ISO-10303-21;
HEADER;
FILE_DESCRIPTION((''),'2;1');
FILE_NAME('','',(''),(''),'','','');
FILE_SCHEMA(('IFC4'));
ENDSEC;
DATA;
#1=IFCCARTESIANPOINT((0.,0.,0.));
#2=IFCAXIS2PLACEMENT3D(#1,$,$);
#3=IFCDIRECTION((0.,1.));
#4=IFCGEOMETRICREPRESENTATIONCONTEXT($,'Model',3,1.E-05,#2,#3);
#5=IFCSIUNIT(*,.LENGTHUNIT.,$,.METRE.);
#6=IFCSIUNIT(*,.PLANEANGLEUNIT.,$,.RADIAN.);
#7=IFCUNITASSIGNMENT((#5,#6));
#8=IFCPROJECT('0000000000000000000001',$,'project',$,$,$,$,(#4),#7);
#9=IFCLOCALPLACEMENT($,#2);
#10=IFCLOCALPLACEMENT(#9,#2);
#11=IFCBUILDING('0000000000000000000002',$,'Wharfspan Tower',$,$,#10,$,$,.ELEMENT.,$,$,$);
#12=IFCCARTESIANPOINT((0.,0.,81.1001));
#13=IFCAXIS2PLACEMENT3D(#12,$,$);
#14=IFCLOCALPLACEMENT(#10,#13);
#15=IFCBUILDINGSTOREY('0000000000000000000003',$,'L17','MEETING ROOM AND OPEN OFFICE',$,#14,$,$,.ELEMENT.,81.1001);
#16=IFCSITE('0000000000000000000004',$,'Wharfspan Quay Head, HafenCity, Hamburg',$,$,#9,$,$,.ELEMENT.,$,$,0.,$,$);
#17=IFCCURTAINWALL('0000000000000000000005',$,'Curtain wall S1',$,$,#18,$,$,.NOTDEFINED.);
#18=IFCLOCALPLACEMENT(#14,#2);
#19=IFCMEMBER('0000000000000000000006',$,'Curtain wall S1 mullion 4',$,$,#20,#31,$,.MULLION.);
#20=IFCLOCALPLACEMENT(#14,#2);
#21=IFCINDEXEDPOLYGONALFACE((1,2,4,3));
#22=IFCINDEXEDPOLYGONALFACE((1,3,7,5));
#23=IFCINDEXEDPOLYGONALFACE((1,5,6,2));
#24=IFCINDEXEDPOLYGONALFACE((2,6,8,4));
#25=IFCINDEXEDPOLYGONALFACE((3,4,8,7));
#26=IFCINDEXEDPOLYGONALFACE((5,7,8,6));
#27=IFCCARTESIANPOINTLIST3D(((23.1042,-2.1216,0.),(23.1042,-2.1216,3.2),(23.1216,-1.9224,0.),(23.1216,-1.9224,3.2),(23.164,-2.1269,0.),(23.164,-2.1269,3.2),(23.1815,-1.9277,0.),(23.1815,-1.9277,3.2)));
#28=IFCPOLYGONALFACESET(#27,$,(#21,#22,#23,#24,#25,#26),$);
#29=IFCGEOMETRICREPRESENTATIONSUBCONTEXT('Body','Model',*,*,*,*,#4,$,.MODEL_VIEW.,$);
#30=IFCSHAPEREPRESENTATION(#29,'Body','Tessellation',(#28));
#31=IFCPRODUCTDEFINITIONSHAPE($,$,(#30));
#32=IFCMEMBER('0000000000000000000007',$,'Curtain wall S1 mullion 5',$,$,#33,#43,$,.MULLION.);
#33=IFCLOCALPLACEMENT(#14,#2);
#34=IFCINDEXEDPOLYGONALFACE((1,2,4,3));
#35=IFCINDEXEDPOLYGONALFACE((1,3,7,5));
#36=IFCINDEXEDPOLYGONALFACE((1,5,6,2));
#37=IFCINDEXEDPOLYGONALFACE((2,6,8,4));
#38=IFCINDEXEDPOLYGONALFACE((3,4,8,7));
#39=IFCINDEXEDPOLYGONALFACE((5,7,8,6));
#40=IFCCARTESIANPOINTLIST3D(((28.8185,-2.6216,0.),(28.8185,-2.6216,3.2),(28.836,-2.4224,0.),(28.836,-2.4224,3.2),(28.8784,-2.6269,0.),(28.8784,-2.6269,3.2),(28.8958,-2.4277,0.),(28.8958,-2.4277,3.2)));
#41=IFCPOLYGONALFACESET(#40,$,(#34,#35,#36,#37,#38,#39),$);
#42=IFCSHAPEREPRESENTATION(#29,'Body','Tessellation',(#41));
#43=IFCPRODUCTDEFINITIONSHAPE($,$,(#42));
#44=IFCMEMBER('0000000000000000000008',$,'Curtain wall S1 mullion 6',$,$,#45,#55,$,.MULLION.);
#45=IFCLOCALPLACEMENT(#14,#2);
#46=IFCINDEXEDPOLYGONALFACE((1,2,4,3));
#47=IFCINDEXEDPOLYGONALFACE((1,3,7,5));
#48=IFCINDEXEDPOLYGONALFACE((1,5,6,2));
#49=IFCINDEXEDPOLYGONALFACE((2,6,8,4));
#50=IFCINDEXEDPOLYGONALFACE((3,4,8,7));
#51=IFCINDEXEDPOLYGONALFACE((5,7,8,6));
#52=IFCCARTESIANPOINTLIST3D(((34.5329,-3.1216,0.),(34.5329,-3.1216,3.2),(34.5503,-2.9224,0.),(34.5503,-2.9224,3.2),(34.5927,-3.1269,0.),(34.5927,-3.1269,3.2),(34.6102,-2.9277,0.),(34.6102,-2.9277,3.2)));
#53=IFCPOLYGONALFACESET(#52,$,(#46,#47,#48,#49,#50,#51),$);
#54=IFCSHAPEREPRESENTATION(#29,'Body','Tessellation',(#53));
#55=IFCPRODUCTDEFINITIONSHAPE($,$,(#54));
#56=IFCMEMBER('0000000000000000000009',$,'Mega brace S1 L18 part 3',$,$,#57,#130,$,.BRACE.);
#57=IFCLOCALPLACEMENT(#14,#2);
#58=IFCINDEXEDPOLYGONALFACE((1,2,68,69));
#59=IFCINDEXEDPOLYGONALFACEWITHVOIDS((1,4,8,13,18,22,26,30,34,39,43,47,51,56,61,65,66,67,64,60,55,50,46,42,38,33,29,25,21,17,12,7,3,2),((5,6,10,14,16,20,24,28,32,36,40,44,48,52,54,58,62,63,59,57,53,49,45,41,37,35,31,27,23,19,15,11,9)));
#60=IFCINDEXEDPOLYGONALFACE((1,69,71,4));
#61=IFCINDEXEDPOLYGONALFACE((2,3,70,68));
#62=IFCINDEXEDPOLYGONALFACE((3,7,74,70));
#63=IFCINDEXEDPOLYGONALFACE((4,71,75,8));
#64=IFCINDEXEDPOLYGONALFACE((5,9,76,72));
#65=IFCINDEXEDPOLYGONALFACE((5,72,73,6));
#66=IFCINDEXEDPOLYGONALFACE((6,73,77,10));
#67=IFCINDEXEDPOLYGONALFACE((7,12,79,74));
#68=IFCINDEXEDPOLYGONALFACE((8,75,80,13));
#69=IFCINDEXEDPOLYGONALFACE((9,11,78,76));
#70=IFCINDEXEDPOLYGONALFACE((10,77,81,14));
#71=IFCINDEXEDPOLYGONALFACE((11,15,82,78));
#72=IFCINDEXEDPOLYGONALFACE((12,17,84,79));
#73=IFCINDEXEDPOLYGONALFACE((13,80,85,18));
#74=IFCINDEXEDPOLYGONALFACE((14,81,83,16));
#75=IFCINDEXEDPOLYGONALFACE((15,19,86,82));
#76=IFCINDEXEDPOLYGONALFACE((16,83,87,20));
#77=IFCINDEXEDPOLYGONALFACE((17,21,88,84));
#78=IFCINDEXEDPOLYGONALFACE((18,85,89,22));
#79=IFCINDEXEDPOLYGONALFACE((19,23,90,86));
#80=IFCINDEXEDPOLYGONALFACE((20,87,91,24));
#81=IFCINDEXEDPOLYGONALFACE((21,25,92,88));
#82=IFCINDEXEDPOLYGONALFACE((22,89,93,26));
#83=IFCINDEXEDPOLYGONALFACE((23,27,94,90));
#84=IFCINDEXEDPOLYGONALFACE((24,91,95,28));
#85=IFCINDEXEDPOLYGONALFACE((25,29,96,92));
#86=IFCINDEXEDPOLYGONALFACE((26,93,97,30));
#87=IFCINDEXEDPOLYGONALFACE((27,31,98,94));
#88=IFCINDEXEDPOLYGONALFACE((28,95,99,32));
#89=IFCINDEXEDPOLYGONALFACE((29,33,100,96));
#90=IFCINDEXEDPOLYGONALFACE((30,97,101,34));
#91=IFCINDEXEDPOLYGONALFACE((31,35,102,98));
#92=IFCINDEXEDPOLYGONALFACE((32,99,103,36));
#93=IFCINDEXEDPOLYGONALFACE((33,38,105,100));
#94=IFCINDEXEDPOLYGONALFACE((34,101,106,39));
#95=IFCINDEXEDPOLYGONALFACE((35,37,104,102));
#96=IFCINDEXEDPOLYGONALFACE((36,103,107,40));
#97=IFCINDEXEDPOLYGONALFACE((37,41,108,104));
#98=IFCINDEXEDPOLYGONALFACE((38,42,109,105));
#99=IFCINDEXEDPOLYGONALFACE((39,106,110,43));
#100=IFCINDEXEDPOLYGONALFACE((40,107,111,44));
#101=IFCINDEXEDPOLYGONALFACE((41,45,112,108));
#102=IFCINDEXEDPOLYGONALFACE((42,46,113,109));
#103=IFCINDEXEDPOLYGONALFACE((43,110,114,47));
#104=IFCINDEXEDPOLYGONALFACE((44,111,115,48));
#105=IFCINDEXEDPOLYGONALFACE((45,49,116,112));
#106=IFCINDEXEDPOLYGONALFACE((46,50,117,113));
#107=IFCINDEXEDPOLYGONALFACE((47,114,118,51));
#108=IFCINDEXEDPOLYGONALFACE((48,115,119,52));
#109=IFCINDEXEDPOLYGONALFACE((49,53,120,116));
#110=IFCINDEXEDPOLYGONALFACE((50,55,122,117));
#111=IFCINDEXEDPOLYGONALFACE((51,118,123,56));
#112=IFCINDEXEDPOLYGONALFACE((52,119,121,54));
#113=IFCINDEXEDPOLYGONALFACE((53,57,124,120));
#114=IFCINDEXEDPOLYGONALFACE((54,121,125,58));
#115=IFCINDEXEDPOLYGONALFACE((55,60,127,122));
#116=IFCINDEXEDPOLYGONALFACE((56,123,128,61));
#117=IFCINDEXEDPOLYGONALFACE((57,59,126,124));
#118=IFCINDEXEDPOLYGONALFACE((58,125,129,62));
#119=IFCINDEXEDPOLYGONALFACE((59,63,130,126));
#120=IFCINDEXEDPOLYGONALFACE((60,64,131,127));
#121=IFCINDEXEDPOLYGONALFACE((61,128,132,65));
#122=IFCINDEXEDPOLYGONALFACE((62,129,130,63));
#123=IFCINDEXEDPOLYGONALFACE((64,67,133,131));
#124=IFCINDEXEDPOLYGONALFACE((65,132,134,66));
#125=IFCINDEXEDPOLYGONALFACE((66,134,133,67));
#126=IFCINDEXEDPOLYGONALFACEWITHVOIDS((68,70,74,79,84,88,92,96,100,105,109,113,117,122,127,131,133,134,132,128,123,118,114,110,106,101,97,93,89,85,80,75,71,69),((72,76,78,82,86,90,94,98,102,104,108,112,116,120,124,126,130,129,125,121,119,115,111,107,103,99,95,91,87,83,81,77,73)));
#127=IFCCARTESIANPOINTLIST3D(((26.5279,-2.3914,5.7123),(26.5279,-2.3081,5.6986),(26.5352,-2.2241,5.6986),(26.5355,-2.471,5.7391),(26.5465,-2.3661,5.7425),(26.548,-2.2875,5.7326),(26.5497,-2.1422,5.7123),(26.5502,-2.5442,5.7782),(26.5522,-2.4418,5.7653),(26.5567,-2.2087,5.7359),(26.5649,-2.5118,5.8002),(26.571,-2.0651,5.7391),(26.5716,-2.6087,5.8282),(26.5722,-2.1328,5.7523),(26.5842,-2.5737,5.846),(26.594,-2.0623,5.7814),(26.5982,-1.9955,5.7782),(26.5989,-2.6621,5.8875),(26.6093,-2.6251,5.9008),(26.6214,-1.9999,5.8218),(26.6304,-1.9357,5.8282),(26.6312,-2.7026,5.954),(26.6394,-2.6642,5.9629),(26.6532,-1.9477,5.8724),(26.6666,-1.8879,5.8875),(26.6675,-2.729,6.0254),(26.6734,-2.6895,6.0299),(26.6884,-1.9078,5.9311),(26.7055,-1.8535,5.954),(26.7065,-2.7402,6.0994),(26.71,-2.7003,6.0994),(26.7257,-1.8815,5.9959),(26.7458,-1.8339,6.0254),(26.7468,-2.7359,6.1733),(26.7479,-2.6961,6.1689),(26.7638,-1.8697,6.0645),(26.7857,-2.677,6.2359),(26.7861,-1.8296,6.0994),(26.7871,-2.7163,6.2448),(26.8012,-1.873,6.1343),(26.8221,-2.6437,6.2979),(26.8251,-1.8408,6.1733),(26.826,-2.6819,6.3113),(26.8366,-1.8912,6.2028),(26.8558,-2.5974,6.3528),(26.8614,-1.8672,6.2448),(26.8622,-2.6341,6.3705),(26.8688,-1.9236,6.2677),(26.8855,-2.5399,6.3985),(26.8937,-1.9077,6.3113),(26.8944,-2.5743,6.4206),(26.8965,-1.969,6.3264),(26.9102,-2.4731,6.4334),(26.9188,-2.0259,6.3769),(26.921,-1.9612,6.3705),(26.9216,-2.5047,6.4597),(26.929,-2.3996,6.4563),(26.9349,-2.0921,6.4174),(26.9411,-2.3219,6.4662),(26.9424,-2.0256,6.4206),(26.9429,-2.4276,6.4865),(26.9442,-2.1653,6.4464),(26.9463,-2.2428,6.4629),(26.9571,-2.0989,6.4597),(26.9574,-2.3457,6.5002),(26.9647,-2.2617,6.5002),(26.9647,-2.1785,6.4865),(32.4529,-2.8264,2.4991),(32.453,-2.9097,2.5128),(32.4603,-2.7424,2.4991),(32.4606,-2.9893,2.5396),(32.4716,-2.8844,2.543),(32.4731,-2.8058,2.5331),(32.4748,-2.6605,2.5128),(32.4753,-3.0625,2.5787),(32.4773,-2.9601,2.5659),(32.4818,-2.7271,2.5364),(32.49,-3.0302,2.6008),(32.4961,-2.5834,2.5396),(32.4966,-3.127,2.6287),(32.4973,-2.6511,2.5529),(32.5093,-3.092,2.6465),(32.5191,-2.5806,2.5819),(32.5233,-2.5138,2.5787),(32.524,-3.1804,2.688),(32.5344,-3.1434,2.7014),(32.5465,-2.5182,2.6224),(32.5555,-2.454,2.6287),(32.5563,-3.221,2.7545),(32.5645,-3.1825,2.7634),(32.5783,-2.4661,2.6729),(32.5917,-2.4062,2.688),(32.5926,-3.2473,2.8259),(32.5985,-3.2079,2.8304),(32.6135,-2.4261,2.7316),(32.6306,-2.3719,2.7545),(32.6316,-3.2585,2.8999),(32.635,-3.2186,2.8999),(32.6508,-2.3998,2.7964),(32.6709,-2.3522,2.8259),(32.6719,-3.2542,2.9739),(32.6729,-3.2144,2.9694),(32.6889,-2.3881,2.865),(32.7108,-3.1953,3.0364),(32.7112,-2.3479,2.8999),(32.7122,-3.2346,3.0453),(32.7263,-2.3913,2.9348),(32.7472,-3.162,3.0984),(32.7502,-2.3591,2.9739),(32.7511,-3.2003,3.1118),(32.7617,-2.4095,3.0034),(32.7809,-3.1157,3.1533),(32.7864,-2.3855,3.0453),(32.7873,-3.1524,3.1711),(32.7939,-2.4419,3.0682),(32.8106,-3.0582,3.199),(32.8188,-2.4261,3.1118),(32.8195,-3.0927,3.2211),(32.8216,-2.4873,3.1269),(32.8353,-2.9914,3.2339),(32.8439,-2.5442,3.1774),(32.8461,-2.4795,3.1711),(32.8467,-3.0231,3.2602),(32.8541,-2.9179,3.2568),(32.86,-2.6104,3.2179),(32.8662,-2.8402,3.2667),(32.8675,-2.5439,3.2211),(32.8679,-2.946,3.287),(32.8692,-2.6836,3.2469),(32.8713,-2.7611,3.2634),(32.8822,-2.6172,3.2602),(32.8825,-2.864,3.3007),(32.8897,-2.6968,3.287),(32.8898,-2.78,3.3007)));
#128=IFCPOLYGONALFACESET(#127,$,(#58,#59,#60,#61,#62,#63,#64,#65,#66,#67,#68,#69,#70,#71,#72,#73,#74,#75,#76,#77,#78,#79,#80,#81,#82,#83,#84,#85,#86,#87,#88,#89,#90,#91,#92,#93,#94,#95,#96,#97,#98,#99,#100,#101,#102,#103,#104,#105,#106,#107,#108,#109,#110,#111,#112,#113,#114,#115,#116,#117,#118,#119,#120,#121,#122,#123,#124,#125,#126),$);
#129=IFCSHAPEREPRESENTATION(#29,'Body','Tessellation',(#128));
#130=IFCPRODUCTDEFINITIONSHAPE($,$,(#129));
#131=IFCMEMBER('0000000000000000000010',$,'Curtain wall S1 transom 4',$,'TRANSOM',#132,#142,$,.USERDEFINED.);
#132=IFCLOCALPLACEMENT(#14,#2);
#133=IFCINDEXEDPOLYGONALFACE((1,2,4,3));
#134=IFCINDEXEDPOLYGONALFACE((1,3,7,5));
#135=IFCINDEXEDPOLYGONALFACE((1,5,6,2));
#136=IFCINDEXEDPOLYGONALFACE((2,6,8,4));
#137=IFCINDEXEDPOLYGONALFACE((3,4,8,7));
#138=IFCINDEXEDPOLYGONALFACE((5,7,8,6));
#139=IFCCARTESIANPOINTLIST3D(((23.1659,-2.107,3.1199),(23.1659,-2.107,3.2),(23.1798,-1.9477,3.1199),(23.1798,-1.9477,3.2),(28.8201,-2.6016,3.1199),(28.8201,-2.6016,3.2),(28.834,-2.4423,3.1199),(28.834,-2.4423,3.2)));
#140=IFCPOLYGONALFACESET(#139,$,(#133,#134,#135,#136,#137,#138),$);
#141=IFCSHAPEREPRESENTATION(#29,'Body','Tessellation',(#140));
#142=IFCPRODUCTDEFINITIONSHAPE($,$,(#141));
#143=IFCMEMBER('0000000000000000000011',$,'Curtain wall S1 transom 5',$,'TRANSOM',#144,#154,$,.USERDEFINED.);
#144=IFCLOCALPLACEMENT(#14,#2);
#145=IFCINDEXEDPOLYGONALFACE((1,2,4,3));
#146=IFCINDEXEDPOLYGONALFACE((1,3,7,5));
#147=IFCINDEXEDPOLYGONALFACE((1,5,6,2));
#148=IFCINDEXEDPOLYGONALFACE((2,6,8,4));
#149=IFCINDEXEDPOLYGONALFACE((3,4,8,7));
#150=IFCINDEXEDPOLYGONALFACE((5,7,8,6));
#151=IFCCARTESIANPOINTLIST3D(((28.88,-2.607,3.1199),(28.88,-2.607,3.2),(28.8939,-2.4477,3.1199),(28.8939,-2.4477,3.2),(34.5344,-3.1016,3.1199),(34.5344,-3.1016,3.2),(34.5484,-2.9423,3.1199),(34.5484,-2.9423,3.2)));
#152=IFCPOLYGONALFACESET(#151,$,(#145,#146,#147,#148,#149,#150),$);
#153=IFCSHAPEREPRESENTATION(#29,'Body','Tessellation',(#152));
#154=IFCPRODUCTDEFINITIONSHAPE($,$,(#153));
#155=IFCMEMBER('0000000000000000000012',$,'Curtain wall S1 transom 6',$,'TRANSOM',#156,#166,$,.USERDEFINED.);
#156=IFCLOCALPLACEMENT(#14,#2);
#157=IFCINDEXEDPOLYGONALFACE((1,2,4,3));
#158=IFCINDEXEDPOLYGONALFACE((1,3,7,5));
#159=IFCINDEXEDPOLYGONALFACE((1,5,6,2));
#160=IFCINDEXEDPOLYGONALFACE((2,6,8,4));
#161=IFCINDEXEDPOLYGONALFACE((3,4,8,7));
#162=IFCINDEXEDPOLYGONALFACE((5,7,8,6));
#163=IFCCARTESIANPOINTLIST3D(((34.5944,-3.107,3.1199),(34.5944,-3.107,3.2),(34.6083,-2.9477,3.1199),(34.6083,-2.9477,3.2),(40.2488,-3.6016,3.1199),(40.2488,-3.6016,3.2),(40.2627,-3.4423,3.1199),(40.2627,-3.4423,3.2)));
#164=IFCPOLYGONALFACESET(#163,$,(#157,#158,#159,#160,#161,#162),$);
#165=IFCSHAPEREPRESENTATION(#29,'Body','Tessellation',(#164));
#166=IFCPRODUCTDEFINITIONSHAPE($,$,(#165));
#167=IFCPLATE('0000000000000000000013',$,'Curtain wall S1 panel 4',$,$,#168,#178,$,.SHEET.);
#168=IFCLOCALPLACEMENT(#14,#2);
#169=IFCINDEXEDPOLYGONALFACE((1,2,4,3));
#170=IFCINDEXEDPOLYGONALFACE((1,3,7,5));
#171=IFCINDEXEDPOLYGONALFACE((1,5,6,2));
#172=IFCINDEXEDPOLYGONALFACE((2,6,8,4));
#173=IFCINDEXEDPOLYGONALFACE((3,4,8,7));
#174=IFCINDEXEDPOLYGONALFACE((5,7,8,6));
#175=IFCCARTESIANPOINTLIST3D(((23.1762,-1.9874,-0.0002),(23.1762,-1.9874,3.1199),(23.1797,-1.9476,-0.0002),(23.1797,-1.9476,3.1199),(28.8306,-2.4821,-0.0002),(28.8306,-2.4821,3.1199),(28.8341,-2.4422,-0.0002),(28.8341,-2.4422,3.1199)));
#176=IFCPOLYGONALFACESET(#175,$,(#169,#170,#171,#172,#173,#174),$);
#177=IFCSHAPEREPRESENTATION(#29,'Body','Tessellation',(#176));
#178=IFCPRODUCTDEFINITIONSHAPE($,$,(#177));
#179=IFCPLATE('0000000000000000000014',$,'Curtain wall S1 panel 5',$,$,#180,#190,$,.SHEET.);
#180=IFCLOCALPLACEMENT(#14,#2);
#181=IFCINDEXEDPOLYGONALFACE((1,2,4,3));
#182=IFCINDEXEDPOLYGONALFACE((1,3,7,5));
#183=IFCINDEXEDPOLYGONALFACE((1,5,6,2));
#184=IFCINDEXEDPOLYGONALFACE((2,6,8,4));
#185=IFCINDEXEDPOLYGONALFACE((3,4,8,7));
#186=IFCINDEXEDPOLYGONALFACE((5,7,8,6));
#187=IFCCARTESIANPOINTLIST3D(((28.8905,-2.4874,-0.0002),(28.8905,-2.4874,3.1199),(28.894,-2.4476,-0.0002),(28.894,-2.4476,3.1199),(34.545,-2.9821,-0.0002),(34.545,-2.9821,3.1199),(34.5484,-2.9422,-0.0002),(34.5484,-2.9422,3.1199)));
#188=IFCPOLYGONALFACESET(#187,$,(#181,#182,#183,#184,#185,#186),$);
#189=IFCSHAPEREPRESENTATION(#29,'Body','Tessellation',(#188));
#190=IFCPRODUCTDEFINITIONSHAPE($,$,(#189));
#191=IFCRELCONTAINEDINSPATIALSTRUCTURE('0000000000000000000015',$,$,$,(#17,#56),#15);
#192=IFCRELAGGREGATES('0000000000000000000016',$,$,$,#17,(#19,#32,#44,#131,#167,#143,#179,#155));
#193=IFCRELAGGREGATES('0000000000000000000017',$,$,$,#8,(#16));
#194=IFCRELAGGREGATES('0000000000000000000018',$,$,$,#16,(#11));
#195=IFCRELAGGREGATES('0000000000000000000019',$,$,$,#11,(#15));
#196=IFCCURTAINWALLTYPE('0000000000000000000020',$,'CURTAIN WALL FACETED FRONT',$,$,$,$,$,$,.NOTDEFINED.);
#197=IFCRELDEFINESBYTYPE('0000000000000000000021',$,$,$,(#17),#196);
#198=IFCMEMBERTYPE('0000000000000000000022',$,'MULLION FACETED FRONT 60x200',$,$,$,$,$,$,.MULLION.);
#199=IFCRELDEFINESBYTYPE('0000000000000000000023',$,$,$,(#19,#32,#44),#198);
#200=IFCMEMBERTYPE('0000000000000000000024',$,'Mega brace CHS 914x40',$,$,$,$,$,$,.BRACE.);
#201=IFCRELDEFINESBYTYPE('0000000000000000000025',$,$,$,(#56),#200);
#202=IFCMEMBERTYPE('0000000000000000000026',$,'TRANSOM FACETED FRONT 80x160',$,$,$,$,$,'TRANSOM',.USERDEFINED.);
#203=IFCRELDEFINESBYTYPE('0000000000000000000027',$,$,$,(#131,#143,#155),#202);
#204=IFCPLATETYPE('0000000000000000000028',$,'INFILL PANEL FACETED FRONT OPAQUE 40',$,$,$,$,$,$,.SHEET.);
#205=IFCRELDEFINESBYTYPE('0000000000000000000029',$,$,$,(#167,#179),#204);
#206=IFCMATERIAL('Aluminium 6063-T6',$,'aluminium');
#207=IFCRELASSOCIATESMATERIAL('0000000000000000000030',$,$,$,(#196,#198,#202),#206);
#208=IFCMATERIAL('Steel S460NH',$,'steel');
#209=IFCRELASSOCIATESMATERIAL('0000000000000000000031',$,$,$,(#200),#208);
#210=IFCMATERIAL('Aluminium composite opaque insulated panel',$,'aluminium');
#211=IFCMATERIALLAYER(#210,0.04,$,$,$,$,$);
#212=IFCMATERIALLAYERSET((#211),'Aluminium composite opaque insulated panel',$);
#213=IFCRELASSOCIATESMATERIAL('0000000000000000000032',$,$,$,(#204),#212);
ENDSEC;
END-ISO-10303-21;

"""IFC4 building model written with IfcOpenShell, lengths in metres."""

from ifc_helpers import new_model, si_unit, direction, frame, origin, origin_2d, place, context, subcontext, project, spatial, rectangle, hollow_circle, extrude, material, layer, layer_set, material_profile, profile_set, type_object, element, aggregate, save


model = new_model("IFC4")

# Units and contexts
model_context = context("Model", 3, precision=1e-05, world=origin(), true_north=direction((0.0, 1.0)))
body_context = subcontext(model_context, "Body", "Model", "MODEL_VIEW")
ifc_project = project(units=[si_unit("LENGTHUNIT", "METRE"), si_unit("PLANEANGLEUNIT", "RADIAN")], contexts=[model_context])

# Site, building, storey
site_placement = place(None, origin())
site = spatial("IfcSite", under=ifc_project, at=site_placement, Name="Wharfspan Quay Head, HafenCity, Hamburg", CompositionType="ELEMENT", RefElevation=0.0)
building_placement = place(site_placement, origin())
building = spatial("IfcBuilding", under=site, at=building_placement, Name="Wharfspan Tower", CompositionType="ELEMENT")
storey_placement = place(building_placement, frame((0.0, 0.0, 81.1001)))
storey = spatial("IfcBuildingStorey", under=building, at=storey_placement, Name="L17", Description="MEETING ROOM AND OPEN OFFICE", CompositionType="ELEMENT", Elevation=81.1001)

# Curtain wall, members
ifc_material_1 = material(Name="Aluminium 6063-T6", Category="aluminium")
curtain_wall_type = type_object("IfcCurtainWallType", Name="CURTAIN WALL FACETED FRONT", PredefinedType="NOTDEFINED", material=ifc_material_1)
curtain_wall_placement = place(storey_placement, origin())
curtain_wall = element("IfcCurtainWall", 1, at=curtain_wall_placement, inside=storey, type_object=curtain_wall_type, Name="Curtain wall S1", PredefinedType="NOTDEFINED")
ifc_material_profile_1 = material_profile(ifc_material_1, rectangle(XDim=0.2, YDim=0.0601, at=origin_2d()))
ifc_profile_set_1 = profile_set([ifc_material_profile_1], Name="Aluminium 6063-T6")
member_type_1 = type_object("IfcMemberType", Name="MULLION FACETED FRONT 60x200", PredefinedType="MULLION", material=ifc_profile_set_1)
member_1_placement = place(storey_placement, frame((23.1428, -2.0247, 0.0), z_axis=(0.0, 0.0, 1.0), x_axis=(0.087156, 0.996197, 0.0)))
member_1 = element("IfcMember", 2, at=member_1_placement, type_object=member_type_1, Name="Curtain wall S1 mullion 4", PredefinedType="MULLION", context=body_context, shape_type="SweptSolid", body=[
    extrude(rectangle(XDim=0.2, YDim=0.0601, at=origin_2d()), origin(), (0.0, 0.0, 1.0), 3.2),
])
member_2_placement = place(storey_placement, frame((28.8572, -2.5247, 0.0), z_axis=(0.0, 0.0, 1.0), x_axis=(0.087156, 0.996197, 0.0)))
member_2 = element("IfcMember", 3, at=member_2_placement, type_object=member_type_1, Name="Curtain wall S1 mullion 5", PredefinedType="MULLION", context=body_context, shape_type="SweptSolid", body=[
    extrude(rectangle(XDim=0.2, YDim=0.0601, at=origin_2d()), origin(), (0.0, 0.0, 1.0), 3.2),
])
member_3_placement = place(storey_placement, frame((34.5715, -3.0247, 0.0), z_axis=(0.0, 0.0, 1.0), x_axis=(0.087156, 0.996197, 0.0)))
member_3 = element("IfcMember", 4, at=member_3_placement, type_object=member_type_1, Name="Curtain wall S1 mullion 6", PredefinedType="MULLION", context=body_context, shape_type="SweptSolid", body=[
    extrude(rectangle(XDim=0.2, YDim=0.0601, at=origin_2d()), origin(), (0.0, 0.0, 1.0), 3.2),
])

# Members
ifc_material_2 = material(Name="Steel S460NH", Category="steel")
ifc_material_profile_2 = material_profile(ifc_material_2, hollow_circle(Radius=0.457, WallThickness=0.04, at=origin_2d()))
ifc_profile_set_2 = profile_set([ifc_material_profile_2], Name="Steel S460NH")
member_type_2 = type_object("IfcMemberType", Name="Mega brace CHS 914x40", PredefinedType="BRACE", material=ifc_profile_set_2)
member_4_placement = place(storey_placement, frame((32.6714, -2.8032, 2.8999), z_axis=(-0.877314, 0.076746, 0.47374), x_axis=(-0.087144, -0.996196, 0.000003)))
element("IfcMember", 5, at=member_4_placement, inside=storey, type_object=member_type_2, Name="Mega brace S1 L18 part 3", PredefinedType="BRACE", context=body_context, shape_type="SweptSolid", body=[
    extrude(hollow_circle(Radius=0.457, WallThickness=0.04, at=origin_2d()), origin(), (0.0, 0.0, 1.0), 6.7537),
])
ifc_material_profile_3 = material_profile(ifc_material_1, rectangle(XDim=0.1599, YDim=0.0801, at=origin_2d()))
ifc_profile_set_3 = profile_set([ifc_material_profile_3], Name="Aluminium 6063-T6")
member_type_3 = type_object("IfcMemberType", Name="TRANSOM FACETED FRONT 80x160", ElementType="TRANSOM", PredefinedType="USERDEFINED", material=ifc_profile_set_3)
member_5_placement = place(storey_placement, frame((23.1729, -2.0273, 3.1599), z_axis=(0.996196, -0.087146, 0.0), x_axis=(0.087146, 0.996196, 0.0)))
member_5 = element("IfcMember", 6, at=member_5_placement, type_object=member_type_3, Name="Curtain wall S1 transom 4", ObjectType="TRANSOM", PredefinedType="USERDEFINED", context=body_context, shape_type="SweptSolid", body=[
    extrude(rectangle(XDim=0.1599, YDim=0.0801, at=origin_2d()), origin(), (0.0, 0.0, 1.0), 5.6758),
])
member_6_placement = place(storey_placement, frame((28.887, -2.5273, 3.1599), z_axis=(0.996196, -0.087142, 0.0), x_axis=(0.087142, 0.996196, 0.0)))
member_6 = element("IfcMember", 7, at=member_6_placement, type_object=member_type_3, Name="Curtain wall S1 transom 5", ObjectType="TRANSOM", PredefinedType="USERDEFINED", context=body_context, shape_type="SweptSolid", body=[
    extrude(rectangle(XDim=0.1599, YDim=0.0801, at=origin_2d()), origin(), (0.0, 0.0, 1.0), 5.676),
])
member_7_placement = place(storey_placement, frame((34.6013, -3.0273, 3.1599), z_axis=(0.996196, -0.087142, 0.0), x_axis=(0.087142, 0.996196, 0.0)))
member_7 = element("IfcMember", 8, at=member_7_placement, type_object=member_type_3, Name="Curtain wall S1 transom 6", ObjectType="TRANSOM", PredefinedType="USERDEFINED", context=body_context, shape_type="SweptSolid", body=[
    extrude(rectangle(XDim=0.1599, YDim=0.0801, at=origin_2d()), origin(), (0.0, 0.0, 1.0), 5.676),
])

# Plates
ifc_material_3 = material(Name="Aluminium composite opaque insulated panel", Category="aluminium")
ifc_layer_1 = layer(ifc_material_3, 0.04)
ifc_layer_set_1 = layer_set([ifc_layer_1], Name="Aluminium composite opaque insulated panel")
plate_type = type_object("IfcPlateType", Name="INFILL PANEL FACETED FRONT OPAQUE 40", PredefinedType="SHEET", material=ifc_layer_set_1)
plate_1_placement = place(storey_placement, frame((26.0051, -2.2148, -0.0002), z_axis=(0.0, 0.0, 1.0), x_axis=(0.996197, -0.087156, 0.0)))
plate_1 = element("IfcPlate", 9, at=plate_1_placement, type_object=plate_type, Name="Curtain wall S1 panel 4", PredefinedType="SHEET", context=body_context, shape_type="SweptSolid", body=[
    extrude(rectangle(XDim=5.676, YDim=0.04, at=origin_2d()), origin(), (0.0, 0.0, 1.0), 3.1201),
])
plate_2_placement = place(storey_placement, frame((31.7195, -2.7148, -0.0002), z_axis=(0.0, 0.0, 1.0), x_axis=(0.996197, -0.087156, 0.0)))
plate_2 = element("IfcPlate", 10, at=plate_2_placement, type_object=plate_type, Name="Curtain wall S1 panel 5", PredefinedType="SHEET", context=body_context, shape_type="SweptSolid", body=[
    extrude(rectangle(XDim=5.676, YDim=0.04, at=origin_2d()), origin(), (0.0, 0.0, 1.0), 3.1201),
])
aggregate(curtain_wall, [member_1, member_2, member_3, member_5, plate_1, member_6, plate_2, member_7])

save(model, "model.ifc")
